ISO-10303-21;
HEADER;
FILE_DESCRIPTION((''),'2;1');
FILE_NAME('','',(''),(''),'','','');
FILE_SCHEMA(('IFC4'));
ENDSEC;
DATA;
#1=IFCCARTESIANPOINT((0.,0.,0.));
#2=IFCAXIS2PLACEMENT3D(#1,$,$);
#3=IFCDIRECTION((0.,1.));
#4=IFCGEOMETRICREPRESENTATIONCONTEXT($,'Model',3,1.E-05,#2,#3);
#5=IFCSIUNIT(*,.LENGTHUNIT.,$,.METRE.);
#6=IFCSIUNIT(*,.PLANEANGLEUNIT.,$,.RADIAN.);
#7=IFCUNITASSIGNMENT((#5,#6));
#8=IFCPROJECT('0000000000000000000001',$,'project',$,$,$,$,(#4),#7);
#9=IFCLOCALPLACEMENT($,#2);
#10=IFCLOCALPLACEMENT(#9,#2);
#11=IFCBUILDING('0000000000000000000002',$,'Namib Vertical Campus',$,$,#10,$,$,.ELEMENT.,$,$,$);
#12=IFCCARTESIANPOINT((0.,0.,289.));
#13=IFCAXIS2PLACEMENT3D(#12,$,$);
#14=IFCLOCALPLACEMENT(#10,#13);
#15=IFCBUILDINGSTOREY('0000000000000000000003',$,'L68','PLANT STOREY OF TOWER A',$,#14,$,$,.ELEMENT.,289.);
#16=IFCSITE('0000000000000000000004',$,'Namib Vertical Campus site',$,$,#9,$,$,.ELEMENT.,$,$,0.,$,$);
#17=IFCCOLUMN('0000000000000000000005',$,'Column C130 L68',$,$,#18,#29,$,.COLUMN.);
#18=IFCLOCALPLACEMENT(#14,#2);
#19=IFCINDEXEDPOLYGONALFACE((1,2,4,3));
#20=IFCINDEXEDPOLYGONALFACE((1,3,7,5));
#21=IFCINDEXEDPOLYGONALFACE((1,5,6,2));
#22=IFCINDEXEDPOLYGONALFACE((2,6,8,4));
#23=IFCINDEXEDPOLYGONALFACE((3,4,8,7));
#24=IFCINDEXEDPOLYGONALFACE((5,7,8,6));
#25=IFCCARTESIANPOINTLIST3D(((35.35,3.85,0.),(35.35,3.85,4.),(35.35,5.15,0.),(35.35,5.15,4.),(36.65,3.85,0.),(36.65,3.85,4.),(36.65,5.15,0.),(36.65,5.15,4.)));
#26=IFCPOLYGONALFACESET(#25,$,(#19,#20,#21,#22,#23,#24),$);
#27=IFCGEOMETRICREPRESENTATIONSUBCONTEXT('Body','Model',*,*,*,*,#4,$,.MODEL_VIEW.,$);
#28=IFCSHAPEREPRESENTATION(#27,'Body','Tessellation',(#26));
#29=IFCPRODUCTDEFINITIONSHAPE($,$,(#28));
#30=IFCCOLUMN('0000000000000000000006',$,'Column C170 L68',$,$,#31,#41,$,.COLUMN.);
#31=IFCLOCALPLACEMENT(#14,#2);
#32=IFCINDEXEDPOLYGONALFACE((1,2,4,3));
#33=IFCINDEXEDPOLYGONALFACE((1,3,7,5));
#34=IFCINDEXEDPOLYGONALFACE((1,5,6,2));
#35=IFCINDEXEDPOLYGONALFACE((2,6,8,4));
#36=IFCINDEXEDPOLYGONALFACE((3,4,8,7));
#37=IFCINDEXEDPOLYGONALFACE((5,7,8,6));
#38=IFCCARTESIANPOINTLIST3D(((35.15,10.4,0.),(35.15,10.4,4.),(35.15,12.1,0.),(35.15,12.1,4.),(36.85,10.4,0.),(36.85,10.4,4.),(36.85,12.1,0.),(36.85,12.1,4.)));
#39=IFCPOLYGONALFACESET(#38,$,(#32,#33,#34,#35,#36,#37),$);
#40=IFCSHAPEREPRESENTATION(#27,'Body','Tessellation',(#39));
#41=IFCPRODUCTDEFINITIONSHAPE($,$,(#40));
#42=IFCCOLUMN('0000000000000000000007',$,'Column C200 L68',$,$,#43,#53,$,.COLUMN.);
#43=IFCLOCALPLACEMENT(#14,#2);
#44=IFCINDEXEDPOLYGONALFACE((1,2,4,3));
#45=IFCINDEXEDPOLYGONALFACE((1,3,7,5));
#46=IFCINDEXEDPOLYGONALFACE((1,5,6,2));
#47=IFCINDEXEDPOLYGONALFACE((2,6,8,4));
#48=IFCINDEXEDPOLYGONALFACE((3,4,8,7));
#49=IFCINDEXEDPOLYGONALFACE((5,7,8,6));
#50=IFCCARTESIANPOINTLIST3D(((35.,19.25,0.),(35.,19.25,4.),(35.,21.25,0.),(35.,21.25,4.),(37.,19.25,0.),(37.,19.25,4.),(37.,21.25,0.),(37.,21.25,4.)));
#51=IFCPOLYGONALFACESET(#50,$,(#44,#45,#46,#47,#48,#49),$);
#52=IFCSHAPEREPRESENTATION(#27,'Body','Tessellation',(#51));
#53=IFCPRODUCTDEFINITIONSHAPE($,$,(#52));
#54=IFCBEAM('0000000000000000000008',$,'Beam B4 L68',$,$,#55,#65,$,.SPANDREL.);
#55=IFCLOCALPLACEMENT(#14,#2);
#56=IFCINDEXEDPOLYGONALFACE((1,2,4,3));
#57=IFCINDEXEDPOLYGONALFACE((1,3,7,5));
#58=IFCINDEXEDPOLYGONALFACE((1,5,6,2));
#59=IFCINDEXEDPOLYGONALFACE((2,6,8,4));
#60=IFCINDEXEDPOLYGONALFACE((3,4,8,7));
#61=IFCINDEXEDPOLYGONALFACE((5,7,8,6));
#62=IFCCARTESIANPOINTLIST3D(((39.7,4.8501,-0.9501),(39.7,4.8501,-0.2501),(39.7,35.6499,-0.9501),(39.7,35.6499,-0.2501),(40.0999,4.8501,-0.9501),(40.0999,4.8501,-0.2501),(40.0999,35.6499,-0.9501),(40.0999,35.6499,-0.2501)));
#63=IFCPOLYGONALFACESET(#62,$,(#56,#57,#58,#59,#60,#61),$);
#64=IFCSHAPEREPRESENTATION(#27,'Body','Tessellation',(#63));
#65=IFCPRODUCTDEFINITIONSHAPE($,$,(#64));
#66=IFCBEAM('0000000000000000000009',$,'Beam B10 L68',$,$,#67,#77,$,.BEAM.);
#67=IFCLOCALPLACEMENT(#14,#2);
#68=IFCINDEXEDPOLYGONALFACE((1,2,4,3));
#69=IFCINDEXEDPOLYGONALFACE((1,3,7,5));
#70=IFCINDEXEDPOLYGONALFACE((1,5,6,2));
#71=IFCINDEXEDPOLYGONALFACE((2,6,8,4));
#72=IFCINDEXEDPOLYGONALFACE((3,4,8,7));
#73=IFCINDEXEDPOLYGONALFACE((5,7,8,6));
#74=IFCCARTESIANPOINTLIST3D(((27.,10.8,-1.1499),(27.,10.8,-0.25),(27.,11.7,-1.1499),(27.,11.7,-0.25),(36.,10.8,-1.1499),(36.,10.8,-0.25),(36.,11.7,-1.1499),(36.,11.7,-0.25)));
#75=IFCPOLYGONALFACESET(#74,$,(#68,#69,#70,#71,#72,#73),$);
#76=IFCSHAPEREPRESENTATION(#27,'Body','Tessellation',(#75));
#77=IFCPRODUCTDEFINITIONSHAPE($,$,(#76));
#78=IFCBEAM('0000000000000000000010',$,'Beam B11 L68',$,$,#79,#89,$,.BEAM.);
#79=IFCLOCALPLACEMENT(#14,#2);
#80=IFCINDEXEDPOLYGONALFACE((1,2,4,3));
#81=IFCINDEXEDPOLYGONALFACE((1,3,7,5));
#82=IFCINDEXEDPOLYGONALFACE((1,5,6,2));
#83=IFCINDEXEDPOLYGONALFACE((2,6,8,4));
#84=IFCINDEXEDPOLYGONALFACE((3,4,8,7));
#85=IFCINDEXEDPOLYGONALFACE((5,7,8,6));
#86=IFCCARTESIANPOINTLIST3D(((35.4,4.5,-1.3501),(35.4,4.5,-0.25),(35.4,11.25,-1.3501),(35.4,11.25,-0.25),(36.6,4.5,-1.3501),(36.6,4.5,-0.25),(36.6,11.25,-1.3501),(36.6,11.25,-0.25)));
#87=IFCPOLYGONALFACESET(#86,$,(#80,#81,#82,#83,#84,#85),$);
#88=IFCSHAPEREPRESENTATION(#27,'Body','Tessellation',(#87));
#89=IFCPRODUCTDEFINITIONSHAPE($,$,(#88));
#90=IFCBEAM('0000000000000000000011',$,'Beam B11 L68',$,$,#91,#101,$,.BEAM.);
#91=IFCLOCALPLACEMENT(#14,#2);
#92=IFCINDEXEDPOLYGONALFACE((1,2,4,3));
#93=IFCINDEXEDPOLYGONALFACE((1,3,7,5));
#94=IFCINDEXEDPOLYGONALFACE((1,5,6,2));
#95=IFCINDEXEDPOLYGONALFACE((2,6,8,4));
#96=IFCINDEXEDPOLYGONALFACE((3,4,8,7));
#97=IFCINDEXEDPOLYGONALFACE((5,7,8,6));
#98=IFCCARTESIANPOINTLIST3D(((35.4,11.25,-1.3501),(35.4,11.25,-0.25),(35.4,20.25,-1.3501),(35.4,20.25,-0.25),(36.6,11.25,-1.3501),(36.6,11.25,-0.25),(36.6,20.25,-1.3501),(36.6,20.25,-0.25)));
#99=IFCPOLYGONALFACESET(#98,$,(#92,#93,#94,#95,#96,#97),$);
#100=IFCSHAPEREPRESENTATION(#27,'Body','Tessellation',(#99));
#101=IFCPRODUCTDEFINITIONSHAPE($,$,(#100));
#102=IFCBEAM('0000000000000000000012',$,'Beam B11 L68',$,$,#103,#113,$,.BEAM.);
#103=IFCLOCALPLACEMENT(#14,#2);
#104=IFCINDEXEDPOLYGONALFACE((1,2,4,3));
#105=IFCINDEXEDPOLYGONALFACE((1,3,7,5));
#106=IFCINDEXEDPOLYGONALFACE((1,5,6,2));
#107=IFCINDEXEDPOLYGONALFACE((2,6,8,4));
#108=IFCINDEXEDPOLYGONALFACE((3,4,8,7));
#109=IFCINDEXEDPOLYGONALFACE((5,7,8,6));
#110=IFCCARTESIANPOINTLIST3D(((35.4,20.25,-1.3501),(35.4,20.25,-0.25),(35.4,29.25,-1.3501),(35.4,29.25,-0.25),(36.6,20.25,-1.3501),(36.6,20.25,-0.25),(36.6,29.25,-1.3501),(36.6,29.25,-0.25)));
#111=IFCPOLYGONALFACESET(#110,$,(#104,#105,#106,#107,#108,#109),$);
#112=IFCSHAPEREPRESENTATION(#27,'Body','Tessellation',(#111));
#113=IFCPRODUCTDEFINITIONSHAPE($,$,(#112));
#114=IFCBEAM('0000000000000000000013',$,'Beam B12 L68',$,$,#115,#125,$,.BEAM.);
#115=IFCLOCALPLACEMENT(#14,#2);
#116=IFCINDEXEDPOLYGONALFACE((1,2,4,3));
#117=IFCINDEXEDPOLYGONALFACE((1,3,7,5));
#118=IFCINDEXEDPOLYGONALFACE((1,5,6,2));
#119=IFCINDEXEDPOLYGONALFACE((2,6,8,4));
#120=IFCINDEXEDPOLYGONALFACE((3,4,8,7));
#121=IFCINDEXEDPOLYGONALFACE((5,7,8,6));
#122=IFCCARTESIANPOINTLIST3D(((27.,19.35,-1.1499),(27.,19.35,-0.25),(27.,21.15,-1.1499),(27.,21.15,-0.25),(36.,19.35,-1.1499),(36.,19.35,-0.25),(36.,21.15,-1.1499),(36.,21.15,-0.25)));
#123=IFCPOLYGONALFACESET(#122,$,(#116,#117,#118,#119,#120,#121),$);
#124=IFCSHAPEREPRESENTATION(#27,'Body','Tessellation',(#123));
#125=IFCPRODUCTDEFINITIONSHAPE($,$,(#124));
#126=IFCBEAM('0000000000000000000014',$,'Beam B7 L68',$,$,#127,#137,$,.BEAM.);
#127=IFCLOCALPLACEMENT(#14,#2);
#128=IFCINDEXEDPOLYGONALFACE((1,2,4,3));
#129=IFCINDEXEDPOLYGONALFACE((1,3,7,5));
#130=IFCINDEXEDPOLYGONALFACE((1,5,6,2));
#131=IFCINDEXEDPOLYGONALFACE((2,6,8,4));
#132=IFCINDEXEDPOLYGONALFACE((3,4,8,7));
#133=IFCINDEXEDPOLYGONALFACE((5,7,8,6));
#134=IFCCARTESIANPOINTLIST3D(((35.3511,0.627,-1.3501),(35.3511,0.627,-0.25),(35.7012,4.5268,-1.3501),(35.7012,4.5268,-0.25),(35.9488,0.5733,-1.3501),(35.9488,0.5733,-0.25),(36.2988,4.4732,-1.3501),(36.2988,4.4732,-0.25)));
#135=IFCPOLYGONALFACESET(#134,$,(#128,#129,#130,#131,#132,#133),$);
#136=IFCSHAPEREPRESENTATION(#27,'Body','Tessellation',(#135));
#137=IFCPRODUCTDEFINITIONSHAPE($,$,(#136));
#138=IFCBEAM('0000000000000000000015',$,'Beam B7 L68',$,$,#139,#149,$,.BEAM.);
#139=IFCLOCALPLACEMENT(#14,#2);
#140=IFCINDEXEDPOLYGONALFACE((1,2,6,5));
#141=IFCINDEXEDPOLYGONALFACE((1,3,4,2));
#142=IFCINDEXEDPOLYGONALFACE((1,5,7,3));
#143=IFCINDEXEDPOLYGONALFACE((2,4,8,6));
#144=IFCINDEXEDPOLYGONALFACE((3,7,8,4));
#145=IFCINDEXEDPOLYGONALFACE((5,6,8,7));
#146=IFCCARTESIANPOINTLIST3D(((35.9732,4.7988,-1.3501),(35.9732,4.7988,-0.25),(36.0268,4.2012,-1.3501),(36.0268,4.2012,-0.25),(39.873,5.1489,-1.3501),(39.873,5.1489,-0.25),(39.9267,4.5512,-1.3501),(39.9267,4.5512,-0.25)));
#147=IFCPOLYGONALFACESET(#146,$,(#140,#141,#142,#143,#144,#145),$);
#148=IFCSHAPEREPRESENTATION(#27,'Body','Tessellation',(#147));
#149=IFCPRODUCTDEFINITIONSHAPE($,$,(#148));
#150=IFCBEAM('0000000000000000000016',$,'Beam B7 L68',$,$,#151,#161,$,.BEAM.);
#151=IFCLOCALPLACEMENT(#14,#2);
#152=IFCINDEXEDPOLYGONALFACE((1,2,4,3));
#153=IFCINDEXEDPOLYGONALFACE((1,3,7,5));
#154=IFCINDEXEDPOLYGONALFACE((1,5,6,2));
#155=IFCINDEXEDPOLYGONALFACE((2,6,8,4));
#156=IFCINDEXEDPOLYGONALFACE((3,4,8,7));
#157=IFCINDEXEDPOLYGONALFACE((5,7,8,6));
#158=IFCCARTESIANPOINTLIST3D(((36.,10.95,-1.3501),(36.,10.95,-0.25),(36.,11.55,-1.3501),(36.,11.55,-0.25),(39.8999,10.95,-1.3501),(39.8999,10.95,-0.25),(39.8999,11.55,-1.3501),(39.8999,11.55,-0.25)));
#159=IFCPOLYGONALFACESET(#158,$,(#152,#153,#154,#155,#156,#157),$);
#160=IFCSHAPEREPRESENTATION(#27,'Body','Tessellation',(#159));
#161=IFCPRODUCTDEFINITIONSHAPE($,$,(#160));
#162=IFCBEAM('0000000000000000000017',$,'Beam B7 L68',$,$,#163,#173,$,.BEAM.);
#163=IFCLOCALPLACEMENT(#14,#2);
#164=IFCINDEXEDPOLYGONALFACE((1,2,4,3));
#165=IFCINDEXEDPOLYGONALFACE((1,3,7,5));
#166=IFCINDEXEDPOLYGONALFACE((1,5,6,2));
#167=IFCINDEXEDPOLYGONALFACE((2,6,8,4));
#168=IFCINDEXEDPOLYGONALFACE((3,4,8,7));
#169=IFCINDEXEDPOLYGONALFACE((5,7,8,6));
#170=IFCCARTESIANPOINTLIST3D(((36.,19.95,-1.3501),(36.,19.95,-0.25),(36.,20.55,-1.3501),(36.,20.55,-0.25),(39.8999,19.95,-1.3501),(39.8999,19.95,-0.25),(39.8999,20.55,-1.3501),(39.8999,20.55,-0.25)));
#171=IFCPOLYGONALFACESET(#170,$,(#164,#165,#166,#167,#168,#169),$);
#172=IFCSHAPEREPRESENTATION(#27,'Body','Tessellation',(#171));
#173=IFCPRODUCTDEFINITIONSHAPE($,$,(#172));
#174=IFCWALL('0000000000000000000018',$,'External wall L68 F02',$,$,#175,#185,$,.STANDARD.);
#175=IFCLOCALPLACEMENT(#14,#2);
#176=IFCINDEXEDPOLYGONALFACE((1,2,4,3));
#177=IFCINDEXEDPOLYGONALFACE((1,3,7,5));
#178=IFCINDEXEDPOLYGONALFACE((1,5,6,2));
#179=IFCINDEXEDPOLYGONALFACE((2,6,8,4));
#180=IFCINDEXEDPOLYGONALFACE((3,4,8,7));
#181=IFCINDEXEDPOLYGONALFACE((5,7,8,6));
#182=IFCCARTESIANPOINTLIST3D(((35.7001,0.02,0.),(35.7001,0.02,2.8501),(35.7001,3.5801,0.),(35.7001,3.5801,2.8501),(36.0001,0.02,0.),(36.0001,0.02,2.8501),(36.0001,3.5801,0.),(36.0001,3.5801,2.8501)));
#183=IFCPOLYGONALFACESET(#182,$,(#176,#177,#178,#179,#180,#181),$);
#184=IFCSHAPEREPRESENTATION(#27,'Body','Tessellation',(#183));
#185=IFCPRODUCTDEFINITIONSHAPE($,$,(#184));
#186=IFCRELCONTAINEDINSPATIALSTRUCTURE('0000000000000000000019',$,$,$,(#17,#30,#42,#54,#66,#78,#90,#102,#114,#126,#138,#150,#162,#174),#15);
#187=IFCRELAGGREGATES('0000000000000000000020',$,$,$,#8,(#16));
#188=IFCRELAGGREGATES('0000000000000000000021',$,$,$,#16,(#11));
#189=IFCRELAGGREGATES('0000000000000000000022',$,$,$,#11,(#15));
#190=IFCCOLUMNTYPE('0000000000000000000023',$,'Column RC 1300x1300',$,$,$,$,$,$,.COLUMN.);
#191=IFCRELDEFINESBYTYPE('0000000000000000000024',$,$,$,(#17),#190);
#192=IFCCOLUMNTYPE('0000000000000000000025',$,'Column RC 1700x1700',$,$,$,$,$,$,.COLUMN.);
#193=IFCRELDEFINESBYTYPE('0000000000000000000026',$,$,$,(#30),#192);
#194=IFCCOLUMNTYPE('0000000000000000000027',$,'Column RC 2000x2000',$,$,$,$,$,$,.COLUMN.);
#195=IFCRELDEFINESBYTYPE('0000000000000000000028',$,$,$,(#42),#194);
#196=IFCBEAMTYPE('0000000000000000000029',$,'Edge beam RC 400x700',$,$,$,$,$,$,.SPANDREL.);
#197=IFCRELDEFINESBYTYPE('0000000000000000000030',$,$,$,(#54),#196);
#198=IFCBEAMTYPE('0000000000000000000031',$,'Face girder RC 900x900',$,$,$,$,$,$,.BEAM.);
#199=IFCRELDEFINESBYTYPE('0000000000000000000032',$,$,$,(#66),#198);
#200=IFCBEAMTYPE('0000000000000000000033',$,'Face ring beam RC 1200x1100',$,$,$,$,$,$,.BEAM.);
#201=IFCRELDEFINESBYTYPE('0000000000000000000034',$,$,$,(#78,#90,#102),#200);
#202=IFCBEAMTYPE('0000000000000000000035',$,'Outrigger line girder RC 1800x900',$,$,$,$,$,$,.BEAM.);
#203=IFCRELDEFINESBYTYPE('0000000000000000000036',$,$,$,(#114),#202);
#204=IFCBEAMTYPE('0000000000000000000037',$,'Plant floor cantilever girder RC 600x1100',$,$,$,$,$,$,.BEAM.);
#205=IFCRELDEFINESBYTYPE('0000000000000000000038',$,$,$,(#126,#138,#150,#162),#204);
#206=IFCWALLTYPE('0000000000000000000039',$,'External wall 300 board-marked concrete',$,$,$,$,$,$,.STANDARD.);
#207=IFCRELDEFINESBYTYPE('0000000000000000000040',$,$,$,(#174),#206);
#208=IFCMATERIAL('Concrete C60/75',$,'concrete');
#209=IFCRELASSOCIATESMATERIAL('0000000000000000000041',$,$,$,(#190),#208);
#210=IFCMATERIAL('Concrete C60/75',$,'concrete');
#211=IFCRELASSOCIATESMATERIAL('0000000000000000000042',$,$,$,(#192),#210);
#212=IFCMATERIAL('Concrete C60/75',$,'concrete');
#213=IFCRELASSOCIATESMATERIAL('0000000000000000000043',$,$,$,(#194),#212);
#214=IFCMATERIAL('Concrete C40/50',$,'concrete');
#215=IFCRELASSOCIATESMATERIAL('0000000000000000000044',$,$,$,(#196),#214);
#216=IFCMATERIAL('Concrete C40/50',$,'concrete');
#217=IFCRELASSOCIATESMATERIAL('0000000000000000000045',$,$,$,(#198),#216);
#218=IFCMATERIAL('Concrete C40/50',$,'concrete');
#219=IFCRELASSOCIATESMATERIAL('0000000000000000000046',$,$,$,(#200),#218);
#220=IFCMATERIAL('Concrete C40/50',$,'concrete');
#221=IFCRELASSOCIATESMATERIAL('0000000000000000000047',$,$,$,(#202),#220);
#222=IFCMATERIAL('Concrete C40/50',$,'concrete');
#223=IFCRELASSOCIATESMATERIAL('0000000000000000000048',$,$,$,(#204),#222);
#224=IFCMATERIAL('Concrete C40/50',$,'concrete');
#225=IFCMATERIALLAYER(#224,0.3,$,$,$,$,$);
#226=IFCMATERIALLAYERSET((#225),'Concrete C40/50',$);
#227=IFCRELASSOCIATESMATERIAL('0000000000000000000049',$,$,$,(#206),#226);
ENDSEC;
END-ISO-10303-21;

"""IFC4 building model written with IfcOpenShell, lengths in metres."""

from ifc_helpers import new_model, si_unit, direction, frame, frame_2d, origin, origin_2d, place, context, subcontext, project, spatial, rectangle, extrude, material, layer, layer_set, material_profile, profile_set, type_object, element, save


model = new_model("IFC4")

# Units and contexts
model_context = context("Model", 3, precision=1e-05, world=origin(), true_north=direction((0.0, 1.0)))
body_context = subcontext(model_context, "Body", "Model", "MODEL_VIEW")
ifc_project = project(units=[si_unit("LENGTHUNIT", "METRE"), si_unit("PLANEANGLEUNIT", "RADIAN")], contexts=[model_context])

# Site, building, storey
site_placement = place(None, origin())
site = spatial("IfcSite", under=ifc_project, at=site_placement, Name="Namib Vertical Campus site", CompositionType="ELEMENT", RefElevation=0.0)
building_placement = place(site_placement, origin())
building = spatial("IfcBuilding", under=site, at=building_placement, Name="Namib Vertical Campus", CompositionType="ELEMENT")
storey_placement = place(building_placement, frame((0.0, 0.0, 289.0)))
storey = spatial("IfcBuildingStorey", under=building, at=storey_placement, Name="L68", Description="PLANT STOREY OF TOWER A", CompositionType="ELEMENT", Elevation=289.0)

# Columns
ifc_material_1 = material(Name="Concrete C60/75", Category="concrete")
ifc_material_profile_1 = material_profile(ifc_material_1, rectangle(XDim=1.3, YDim=1.3, at=origin_2d()))
ifc_profile_set_1 = profile_set([ifc_material_profile_1], Name="Concrete C60/75")
column_type_1 = type_object("IfcColumnType", Name="Column RC 1300x1300", PredefinedType="COLUMN", material=ifc_profile_set_1)
column_1_placement = place(storey_placement, frame((36.0, 4.5, 0.0), z_axis=(0.0, 0.0, 1.0), x_axis=(1.0, 0.0, 0.0)))
element("IfcColumn", 1, at=column_1_placement, inside=storey, type_object=column_type_1, Name="Column C130 L68", PredefinedType="COLUMN", context=body_context, shape_type="SweptSolid", body=[
    extrude(rectangle(XDim=1.3, YDim=1.3, at=origin_2d()), origin(), (0.0, 0.0, 1.0), 4.0),
])
ifc_material_2 = material(Name="Concrete C60/75", Category="concrete")
ifc_material_profile_2 = material_profile(ifc_material_2, rectangle(XDim=1.7, YDim=1.7, at=origin_2d()))
ifc_profile_set_2 = profile_set([ifc_material_profile_2], Name="Concrete C60/75")
column_type_2 = type_object("IfcColumnType", Name="Column RC 1700x1700", PredefinedType="COLUMN", material=ifc_profile_set_2)
column_2_placement = place(storey_placement, frame((36.0, 11.25, 0.0), z_axis=(0.0, 0.0, 1.0), x_axis=(1.0, 0.0, 0.0)))
element("IfcColumn", 2, at=column_2_placement, inside=storey, type_object=column_type_2, Name="Column C170 L68", PredefinedType="COLUMN", context=body_context, shape_type="SweptSolid", body=[
    extrude(rectangle(XDim=1.7, YDim=1.7, at=origin_2d()), origin(), (0.0, 0.0, 1.0), 4.0),
])
ifc_material_3 = material(Name="Concrete C60/75", Category="concrete")
ifc_material_profile_3 = material_profile(ifc_material_3, rectangle(XDim=2.0, YDim=2.0, at=origin_2d()))
ifc_profile_set_3 = profile_set([ifc_material_profile_3], Name="Concrete C60/75")
column_type_3 = type_object("IfcColumnType", Name="Column RC 2000x2000", PredefinedType="COLUMN", material=ifc_profile_set_3)
column_3_placement = place(storey_placement, frame((36.0, 20.25, 0.0), z_axis=(0.0, 0.0, 1.0), x_axis=(1.0, 0.0, 0.0)))
element("IfcColumn", 3, at=column_3_placement, inside=storey, type_object=column_type_3, Name="Column C200 L68", PredefinedType="COLUMN", context=body_context, shape_type="SweptSolid", body=[
    extrude(rectangle(XDim=2.0, YDim=2.0, at=origin_2d()), origin(), (0.0, 0.0, 1.0), 4.0),
])

# Beams
ifc_material_4 = material(Name="Concrete C40/50", Category="concrete")
ifc_material_profile_4 = material_profile(ifc_material_4, rectangle(XDim=0.3999, YDim=0.7, at=origin_2d()))
ifc_profile_set_4 = profile_set([ifc_material_profile_4], Name="Concrete C40/50")
beam_type_1 = type_object("IfcBeamType", Name="Edge beam RC 400x700", PredefinedType="SPANDREL", material=ifc_profile_set_4)
beam_1_placement = place(storey_placement, frame((39.8999, 4.8501, -0.6001), z_axis=(0.0, 1.0, 0.0), x_axis=(-1.0, 0.0, 0.0)))
element("IfcBeam", 4, at=beam_1_placement, inside=storey, type_object=beam_type_1, Name="Beam B4 L68", PredefinedType="SPANDREL", context=body_context, shape_type="SweptSolid", body=[
    extrude(rectangle(XDim=0.3999, YDim=0.7, at=origin_2d()), origin(), (0.0, 0.0, 1.0), 30.7998),
])
ifc_material_5 = material(Name="Concrete C40/50", Category="concrete")
ifc_material_profile_5 = material_profile(ifc_material_5, rectangle(XDim=0.8999, YDim=0.8999, at=origin_2d()))
ifc_profile_set_5 = profile_set([ifc_material_profile_5], Name="Concrete C40/50")
beam_type_2 = type_object("IfcBeamType", Name="Face girder RC 900x900", PredefinedType="BEAM", material=ifc_profile_set_5)
beam_2_placement = place(storey_placement, frame((36.0, 11.25, -0.7), z_axis=(-1.0, 0.0, 0.0), x_axis=(0.0, -1.0, 0.0)))
element("IfcBeam", 5, at=beam_2_placement, inside=storey, type_object=beam_type_2, Name="Beam B10 L68", PredefinedType="BEAM", context=body_context, shape_type="SweptSolid", body=[
    extrude(rectangle(XDim=0.8999, YDim=0.8999, at=origin_2d()), origin(), (0.0, 0.0, 1.0), 9.0),
])
ifc_material_6 = material(Name="Concrete C40/50", Category="concrete")
ifc_material_profile_6 = material_profile(ifc_material_6, rectangle(XDim=1.2, YDim=1.1001, at=origin_2d()))
ifc_profile_set_6 = profile_set([ifc_material_profile_6], Name="Concrete C40/50")
beam_type_3 = type_object("IfcBeamType", Name="Face ring beam RC 1200x1100", PredefinedType="BEAM", material=ifc_profile_set_6)
beam_3_placement = place(storey_placement, frame((36.0, 4.5, -0.8), z_axis=(0.0, 1.0, 0.0), x_axis=(-1.0, 0.0, 0.0)))
element("IfcBeam", 6, at=beam_3_placement, inside=storey, type_object=beam_type_3, Name="Beam B11 L68", PredefinedType="BEAM", context=body_context, shape_type="SweptSolid", body=[
    extrude(rectangle(XDim=1.2, YDim=1.1001, at=origin_2d()), origin(), (0.0, 0.0, 1.0), 6.75),
])
for number, where, z_axis, x_axis, name in (
    (7, (36.0, 11.25, -0.8), (0.0, 1.0, 0.0), (-1.0, 0.0, 0.0), "Beam B11 L68"),
    (8, (36.0, 20.25, -0.8), (0.0, 1.0, 0.0), (-1.0, 0.0, 0.0), "Beam B11 L68"),
):
    element("IfcBeam", number, at=place(storey_placement, frame(where, z_axis=z_axis, x_axis=x_axis)), inside=storey, type_object=beam_type_3, Name=name, PredefinedType="BEAM", context=body_context, shape_type="SweptSolid", body=[
        extrude(rectangle(XDim=1.2, YDim=1.1001, at=origin_2d()), origin(), (0.0, 0.0, 1.0), 9.0),
    ])
ifc_material_7 = material(Name="Concrete C40/50", Category="concrete")
ifc_material_profile_7 = material_profile(ifc_material_7, rectangle(XDim=1.8, YDim=0.8999, at=origin_2d()))
ifc_profile_set_7 = profile_set([ifc_material_profile_7], Name="Concrete C40/50")
beam_type_4 = type_object("IfcBeamType", Name="Outrigger line girder RC 1800x900", PredefinedType="BEAM", material=ifc_profile_set_7)
beam_4_placement = place(storey_placement, frame((36.0, 20.25, -0.7), z_axis=(-1.0, 0.0, 0.0), x_axis=(0.0, -1.0, 0.0)))
element("IfcBeam", 9, at=beam_4_placement, inside=storey, type_object=beam_type_4, Name="Beam B12 L68", PredefinedType="BEAM", context=body_context, shape_type="SweptSolid", body=[
    extrude(rectangle(XDim=1.8, YDim=0.8999, at=origin_2d()), origin(), (0.0, 0.0, 1.0), 9.0),
])
ifc_material_8 = material(Name="Concrete C40/50", Category="concrete")
ifc_material_profile_8 = material_profile(ifc_material_8, rectangle(XDim=0.6001, YDim=1.1001, at=origin_2d()))
ifc_profile_set_8 = profile_set([ifc_material_profile_8], Name="Concrete C40/50")
beam_type_5 = type_object("IfcBeamType", Name="Plant floor cantilever girder RC 600x1100", PredefinedType="BEAM", material=ifc_profile_set_8)
for number, where, z_axis, x_axis, name in (
    (10, (36.0, 4.5, -0.8), (-0.089411, -0.995995, 0.0), (0.995995, -0.089411, 0.0), "Beam B7 L68"),
    (11, (36.0, 4.5, -0.8), (0.995995, 0.089411, 0.0), (-0.089411, 0.995995, 0.0), "Beam B7 L68"),
):
    element("IfcBeam", number, at=place(storey_placement, frame(where, z_axis=z_axis, x_axis=x_axis)), inside=storey, type_object=beam_type_5, Name=name, PredefinedType="BEAM", context=body_context, shape_type="SweptSolid", body=[
        extrude(rectangle(XDim=0.6001, YDim=1.1001, at=origin_2d()), origin(), (0.0, 0.0, 1.0), 3.9155),
    ])
for number, where, z_axis, x_axis, name in (
    (12, (36.0, 11.25, -0.8), (1.0, 0.0, 0.0), (0.0, 1.0, 0.0), "Beam B7 L68"),
    (13, (36.0, 20.25, -0.8), (1.0, 0.0, 0.0), (0.0, 1.0, 0.0), "Beam B7 L68"),
):
    element("IfcBeam", number, at=place(storey_placement, frame(where, z_axis=z_axis, x_axis=x_axis)), inside=storey, type_object=beam_type_5, Name=name, PredefinedType="BEAM", context=body_context, shape_type="SweptSolid", body=[
        extrude(rectangle(XDim=0.6001, YDim=1.1001, at=origin_2d()), origin(), (0.0, 0.0, 1.0), 3.8999),
    ])

# Wall
ifc_material_9 = material(Name="Concrete C40/50", Category="concrete")
ifc_layer_1 = layer(ifc_material_9, 0.3)
ifc_layer_set_1 = layer_set([ifc_layer_1], Name="Concrete C40/50")
wall_type = type_object("IfcWallType", Name="External wall 300 board-marked concrete", PredefinedType="STANDARD", material=ifc_layer_set_1)
wall_1_placement = place(storey_placement, frame((35.8501, 0.02, 0.0), z_axis=(0.0, 0.0, 1.0), x_axis=(0.0, 1.0, 0.0)))
element("IfcWall", 14, at=wall_1_placement, inside=storey, type_object=wall_type, Name="External wall L68 F02", PredefinedType="STANDARD", context=body_context, shape_type="SweptSolid", body=[
    extrude(rectangle(XDim=3.5601, YDim=0.3, at=frame_2d((1.78, 0.0))), origin(), (0.0, 0.0, 1.0), 2.8501),
])

save(model, "model.ifc")
